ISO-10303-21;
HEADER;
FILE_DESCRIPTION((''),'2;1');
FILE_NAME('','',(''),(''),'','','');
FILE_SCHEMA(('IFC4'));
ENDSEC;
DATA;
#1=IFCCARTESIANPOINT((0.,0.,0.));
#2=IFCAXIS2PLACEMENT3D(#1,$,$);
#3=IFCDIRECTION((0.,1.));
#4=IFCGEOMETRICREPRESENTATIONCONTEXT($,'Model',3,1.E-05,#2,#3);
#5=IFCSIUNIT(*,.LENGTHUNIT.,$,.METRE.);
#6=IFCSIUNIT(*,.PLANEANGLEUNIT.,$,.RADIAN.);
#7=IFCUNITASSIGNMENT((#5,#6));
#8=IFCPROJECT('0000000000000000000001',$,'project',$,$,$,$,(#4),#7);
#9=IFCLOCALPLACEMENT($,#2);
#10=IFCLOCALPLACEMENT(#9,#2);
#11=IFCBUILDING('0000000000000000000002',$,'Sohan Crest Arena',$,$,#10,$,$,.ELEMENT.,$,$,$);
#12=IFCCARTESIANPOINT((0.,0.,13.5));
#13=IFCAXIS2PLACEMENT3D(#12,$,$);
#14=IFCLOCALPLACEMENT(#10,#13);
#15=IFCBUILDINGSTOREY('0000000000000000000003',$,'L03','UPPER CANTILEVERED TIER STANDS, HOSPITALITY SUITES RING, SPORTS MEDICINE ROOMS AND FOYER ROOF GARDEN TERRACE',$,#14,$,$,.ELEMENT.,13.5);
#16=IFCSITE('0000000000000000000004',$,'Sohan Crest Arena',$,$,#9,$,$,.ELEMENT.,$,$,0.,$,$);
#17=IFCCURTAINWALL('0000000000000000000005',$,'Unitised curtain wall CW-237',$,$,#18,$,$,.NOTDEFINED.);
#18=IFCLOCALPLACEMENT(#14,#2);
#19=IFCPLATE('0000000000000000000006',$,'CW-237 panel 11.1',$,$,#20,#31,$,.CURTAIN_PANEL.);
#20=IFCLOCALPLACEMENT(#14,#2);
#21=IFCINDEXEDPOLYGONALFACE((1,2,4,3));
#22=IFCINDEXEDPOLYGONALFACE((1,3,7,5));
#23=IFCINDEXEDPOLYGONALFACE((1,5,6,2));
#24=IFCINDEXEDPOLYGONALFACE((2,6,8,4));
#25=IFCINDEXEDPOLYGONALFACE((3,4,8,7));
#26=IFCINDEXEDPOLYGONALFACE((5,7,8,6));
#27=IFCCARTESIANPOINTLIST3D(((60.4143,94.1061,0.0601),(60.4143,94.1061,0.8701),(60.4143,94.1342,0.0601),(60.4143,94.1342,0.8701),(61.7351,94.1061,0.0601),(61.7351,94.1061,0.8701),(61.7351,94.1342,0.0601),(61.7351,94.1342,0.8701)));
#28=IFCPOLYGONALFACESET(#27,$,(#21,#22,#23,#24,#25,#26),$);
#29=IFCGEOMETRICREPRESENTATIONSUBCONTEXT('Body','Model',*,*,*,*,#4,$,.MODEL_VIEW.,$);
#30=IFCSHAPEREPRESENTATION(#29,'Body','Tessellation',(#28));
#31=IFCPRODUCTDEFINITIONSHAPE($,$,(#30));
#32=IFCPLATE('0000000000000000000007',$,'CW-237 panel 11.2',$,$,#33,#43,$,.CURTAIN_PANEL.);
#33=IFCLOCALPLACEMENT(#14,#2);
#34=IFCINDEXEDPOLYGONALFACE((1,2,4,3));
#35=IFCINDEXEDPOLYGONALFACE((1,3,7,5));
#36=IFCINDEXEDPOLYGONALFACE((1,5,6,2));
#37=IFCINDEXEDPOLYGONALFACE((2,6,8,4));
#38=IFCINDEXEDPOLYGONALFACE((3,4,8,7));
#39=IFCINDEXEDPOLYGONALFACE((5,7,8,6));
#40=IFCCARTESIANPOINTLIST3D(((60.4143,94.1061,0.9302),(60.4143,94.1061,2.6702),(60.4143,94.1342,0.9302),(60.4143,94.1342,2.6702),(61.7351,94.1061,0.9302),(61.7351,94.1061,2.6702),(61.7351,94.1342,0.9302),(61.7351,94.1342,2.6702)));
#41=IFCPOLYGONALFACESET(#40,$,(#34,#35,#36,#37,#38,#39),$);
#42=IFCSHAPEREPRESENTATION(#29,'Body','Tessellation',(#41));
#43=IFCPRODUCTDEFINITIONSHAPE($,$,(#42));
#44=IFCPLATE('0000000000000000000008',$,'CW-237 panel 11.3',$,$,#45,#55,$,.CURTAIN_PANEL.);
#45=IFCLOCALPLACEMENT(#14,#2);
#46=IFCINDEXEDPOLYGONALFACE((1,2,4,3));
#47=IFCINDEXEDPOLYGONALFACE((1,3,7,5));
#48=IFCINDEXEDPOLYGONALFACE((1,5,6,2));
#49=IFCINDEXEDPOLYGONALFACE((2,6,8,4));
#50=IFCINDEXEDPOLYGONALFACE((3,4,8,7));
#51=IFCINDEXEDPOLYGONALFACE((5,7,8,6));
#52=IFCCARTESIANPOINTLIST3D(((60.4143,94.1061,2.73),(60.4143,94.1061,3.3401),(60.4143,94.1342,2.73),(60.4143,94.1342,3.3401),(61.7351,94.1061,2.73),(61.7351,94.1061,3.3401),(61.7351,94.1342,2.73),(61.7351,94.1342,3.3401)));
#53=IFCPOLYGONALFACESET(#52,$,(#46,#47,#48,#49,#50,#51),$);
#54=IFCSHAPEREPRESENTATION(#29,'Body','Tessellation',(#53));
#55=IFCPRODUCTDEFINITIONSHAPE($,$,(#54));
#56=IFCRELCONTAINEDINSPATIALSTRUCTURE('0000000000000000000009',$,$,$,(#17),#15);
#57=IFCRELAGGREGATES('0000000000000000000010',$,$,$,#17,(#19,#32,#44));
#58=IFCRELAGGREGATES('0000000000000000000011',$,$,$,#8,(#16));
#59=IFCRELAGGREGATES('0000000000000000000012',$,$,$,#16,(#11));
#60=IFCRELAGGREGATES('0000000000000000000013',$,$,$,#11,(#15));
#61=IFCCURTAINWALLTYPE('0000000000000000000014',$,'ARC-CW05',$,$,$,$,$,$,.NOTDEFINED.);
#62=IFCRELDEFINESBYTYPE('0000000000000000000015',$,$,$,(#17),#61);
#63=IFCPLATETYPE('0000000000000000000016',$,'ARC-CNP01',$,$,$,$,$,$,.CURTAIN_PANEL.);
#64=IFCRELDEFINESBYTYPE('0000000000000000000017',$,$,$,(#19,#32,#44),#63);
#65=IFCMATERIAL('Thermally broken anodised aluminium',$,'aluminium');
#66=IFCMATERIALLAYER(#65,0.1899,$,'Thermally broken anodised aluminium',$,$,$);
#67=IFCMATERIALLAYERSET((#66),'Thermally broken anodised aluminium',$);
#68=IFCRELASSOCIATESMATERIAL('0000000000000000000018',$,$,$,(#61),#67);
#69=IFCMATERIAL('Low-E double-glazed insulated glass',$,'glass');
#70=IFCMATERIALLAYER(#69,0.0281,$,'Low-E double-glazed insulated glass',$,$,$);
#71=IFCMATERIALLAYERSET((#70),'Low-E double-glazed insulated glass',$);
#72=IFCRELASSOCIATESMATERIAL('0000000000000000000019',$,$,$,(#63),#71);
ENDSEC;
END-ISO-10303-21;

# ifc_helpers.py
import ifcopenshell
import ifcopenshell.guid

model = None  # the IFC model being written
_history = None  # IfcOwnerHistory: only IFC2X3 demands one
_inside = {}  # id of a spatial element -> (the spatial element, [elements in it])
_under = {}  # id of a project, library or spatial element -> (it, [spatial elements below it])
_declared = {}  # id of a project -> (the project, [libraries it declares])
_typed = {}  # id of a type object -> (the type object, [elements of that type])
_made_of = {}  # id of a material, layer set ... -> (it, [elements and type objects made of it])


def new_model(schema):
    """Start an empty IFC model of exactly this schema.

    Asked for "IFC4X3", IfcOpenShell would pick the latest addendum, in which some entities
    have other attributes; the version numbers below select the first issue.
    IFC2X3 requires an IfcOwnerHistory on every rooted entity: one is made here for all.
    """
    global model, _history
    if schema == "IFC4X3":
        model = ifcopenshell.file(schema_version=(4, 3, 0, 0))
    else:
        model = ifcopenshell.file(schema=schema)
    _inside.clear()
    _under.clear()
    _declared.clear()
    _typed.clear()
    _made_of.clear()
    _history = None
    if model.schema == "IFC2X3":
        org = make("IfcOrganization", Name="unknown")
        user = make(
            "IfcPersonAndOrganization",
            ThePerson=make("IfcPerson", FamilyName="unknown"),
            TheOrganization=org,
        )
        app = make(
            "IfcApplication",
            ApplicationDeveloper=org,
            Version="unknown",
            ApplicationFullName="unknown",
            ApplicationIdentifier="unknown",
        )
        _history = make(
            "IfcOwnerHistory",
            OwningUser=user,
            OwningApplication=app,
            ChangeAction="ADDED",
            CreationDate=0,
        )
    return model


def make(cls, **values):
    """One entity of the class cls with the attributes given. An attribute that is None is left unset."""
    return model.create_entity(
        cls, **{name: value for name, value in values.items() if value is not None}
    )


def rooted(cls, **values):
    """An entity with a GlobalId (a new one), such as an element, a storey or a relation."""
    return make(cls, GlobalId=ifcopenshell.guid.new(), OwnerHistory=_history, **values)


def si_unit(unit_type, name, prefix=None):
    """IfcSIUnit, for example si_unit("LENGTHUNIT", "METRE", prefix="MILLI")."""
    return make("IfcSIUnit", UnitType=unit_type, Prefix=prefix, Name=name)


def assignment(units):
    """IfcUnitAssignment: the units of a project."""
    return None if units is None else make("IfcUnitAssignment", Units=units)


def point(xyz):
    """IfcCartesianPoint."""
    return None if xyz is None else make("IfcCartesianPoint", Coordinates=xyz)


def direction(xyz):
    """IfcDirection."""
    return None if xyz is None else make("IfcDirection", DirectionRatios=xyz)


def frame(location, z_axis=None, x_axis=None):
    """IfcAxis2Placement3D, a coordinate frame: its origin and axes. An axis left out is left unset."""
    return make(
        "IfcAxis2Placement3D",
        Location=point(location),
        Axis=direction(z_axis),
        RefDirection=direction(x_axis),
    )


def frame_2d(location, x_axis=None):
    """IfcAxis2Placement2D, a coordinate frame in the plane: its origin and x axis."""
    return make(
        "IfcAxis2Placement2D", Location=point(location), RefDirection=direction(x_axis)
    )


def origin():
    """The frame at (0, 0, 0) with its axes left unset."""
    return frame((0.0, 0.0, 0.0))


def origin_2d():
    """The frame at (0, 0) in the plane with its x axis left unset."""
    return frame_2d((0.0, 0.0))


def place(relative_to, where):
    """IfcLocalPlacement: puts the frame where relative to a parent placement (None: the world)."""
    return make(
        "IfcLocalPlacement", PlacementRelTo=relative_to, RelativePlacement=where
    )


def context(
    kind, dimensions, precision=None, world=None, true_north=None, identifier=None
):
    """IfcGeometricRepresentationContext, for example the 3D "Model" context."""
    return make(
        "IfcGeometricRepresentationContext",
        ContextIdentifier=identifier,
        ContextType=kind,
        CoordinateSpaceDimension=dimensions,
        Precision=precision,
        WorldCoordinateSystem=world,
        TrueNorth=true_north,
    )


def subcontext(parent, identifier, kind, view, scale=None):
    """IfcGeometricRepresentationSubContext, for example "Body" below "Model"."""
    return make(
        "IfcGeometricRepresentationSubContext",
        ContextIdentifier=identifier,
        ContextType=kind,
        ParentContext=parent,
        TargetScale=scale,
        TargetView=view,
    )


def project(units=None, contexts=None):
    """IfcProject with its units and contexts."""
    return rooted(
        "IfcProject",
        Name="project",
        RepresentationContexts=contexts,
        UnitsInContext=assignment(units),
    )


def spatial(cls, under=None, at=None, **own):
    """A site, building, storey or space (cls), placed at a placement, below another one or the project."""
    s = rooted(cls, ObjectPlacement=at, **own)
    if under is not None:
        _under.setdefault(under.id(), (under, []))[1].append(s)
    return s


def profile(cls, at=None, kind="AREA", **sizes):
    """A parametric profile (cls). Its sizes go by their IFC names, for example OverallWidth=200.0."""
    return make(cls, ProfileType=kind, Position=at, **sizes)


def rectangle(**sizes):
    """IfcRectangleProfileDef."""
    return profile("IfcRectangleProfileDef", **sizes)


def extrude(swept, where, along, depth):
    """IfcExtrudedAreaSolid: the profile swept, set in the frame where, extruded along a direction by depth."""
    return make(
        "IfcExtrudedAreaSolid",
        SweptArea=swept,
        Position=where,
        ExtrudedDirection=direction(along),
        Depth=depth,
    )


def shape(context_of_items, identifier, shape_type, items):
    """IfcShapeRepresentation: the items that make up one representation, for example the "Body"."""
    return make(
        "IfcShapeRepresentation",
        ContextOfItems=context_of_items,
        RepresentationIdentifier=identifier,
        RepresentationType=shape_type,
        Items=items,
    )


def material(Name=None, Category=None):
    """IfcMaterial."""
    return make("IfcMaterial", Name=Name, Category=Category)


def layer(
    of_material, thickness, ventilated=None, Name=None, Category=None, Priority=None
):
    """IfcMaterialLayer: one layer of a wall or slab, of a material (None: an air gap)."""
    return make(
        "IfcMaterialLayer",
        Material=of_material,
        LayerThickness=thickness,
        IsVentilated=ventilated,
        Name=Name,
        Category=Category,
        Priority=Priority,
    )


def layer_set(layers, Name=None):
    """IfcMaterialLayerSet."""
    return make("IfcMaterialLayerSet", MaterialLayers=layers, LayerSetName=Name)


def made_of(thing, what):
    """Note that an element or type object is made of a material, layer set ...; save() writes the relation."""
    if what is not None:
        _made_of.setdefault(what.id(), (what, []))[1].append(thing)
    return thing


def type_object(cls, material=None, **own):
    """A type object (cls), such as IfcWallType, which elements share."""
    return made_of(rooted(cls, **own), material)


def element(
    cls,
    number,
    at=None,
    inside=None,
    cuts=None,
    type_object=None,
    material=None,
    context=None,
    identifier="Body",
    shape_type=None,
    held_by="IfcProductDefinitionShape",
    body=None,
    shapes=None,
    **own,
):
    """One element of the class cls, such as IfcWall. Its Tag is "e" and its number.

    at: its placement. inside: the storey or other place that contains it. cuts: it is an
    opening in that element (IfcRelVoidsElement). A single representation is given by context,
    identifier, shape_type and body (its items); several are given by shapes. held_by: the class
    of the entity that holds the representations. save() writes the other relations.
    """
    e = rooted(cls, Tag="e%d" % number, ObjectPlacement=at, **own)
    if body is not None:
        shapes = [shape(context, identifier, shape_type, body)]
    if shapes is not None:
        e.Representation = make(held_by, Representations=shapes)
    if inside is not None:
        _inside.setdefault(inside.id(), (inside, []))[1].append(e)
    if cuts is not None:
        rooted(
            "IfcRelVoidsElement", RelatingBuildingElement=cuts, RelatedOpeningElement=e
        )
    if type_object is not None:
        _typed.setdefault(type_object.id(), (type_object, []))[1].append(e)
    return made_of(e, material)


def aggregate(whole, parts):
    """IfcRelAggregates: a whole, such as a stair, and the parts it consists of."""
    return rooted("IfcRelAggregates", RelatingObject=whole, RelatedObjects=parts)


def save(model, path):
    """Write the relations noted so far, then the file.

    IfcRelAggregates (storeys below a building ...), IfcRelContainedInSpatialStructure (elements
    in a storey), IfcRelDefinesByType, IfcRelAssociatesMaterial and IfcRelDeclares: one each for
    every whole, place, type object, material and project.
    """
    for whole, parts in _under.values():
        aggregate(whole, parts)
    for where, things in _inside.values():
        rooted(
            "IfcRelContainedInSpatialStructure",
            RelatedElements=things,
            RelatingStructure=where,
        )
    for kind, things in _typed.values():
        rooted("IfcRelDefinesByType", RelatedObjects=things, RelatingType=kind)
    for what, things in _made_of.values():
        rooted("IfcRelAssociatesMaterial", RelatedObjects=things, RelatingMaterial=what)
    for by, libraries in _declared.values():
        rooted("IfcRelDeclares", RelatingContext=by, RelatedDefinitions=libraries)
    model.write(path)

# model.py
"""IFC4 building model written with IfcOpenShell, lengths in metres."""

from ifc_helpers import new_model, si_unit, direction, frame, origin, origin_2d, place, context, subcontext, project, spatial, rectangle, extrude, material, layer, layer_set, type_object, element, aggregate, save


model = new_model("IFC4")

# Units and contexts
model_context = context("Model", 3, precision=1e-05, world=origin(), true_north=direction((0.0, 1.0)))
body_context = subcontext(model_context, "Body", "Model", "MODEL_VIEW")
ifc_project = project(units=[si_unit("LENGTHUNIT", "METRE"), si_unit("PLANEANGLEUNIT", "RADIAN")], contexts=[model_context])

# Site, building, storey
site_placement = place(None, origin())
site = spatial("IfcSite", under=ifc_project, at=site_placement, Name="Sohan Crest Arena", CompositionType="ELEMENT", RefElevation=0.0)
building_placement = place(site_placement, origin())
building = spatial("IfcBuilding", under=site, at=building_placement, Name="Sohan Crest Arena", CompositionType="ELEMENT")
storey_placement = place(building_placement, frame((0.0, 0.0, 13.5)))
storey = spatial("IfcBuildingStorey", under=building, at=storey_placement, Name="L03", Description="UPPER CANTILEVERED TIER STANDS, HOSPITALITY SUITES RING, SPORTS MEDICINE ROOMS AND FOYER ROOF GARDEN TERRACE", CompositionType="ELEMENT", Elevation=13.5)

# Curtain wall, plates
ifc_material_1 = material(Name="Thermally broken anodised aluminium", Category="aluminium")
ifc_layer_1 = layer(ifc_material_1, 0.1899, Name="Thermally broken anodised aluminium")
ifc_layer_set_1 = layer_set([ifc_layer_1], Name="Thermally broken anodised aluminium")
curtain_wall_type = type_object("IfcCurtainWallType", Name="ARC-CW05", PredefinedType="NOTDEFINED", material=ifc_layer_set_1)
curtain_wall_placement = place(storey_placement, origin())
curtain_wall = element("IfcCurtainWall", 1, at=curtain_wall_placement, inside=storey, type_object=curtain_wall_type, Name="Unitised curtain wall CW-237", PredefinedType="NOTDEFINED")
ifc_material_2 = material(Name="Low-E double-glazed insulated glass", Category="glass")
ifc_layer_2 = layer(ifc_material_2, 0.0281, Name="Low-E double-glazed insulated glass")
ifc_layer_set_2 = layer_set([ifc_layer_2], Name="Low-E double-glazed insulated glass")
plate_type = type_object("IfcPlateType", Name="ARC-CNP01", PredefinedType="CURTAIN_PANEL", material=ifc_layer_set_2)
plate_1_placement = place(storey_placement, frame((61.0747, 94.1201, 0.0601), z_axis=(0.0, 0.0, 1.0), x_axis=(1.0, 0.0, 0.0)))
plate_1 = element("IfcPlate", 2, at=plate_1_placement, type_object=plate_type, Name="CW-237 panel 11.1", PredefinedType="CURTAIN_PANEL", context=body_context, shape_type="SweptSolid", body=[
    extrude(rectangle(XDim=1.3208, YDim=0.0281, at=origin_2d()), origin(), (0.0, 0.0, 1.0), 0.8101),
])
plate_2_placement = place(storey_placement, frame((61.0747, 94.1201, 0.9302), z_axis=(0.0, 0.0, 1.0), x_axis=(1.0, 0.0, 0.0)))
plate_2 = element("IfcPlate", 3, at=plate_2_placement, type_object=plate_type, Name="CW-237 panel 11.2", PredefinedType="CURTAIN_PANEL", context=body_context, shape_type="SweptSolid", body=[
    extrude(rectangle(XDim=1.3208, YDim=0.0281, at=origin_2d()), origin(), (0.0, 0.0, 1.0), 1.74),
])
plate_3_placement = place(storey_placement, frame((61.0747, 94.1201, 2.73), z_axis=(0.0, 0.0, 1.0), x_axis=(1.0, 0.0, 0.0)))
plate_3 = element("IfcPlate", 4, at=plate_3_placement, type_object=plate_type, Name="CW-237 panel 11.3", PredefinedType="CURTAIN_PANEL", context=body_context, shape_type="SweptSolid", body=[
    extrude(rectangle(XDim=1.3208, YDim=0.0281, at=origin_2d()), origin(), (0.0, 0.0, 1.0), 0.6101),
])
aggregate(curtain_wall, [plate_1, plate_2, plate_3])

save(model, "model.ifc")
